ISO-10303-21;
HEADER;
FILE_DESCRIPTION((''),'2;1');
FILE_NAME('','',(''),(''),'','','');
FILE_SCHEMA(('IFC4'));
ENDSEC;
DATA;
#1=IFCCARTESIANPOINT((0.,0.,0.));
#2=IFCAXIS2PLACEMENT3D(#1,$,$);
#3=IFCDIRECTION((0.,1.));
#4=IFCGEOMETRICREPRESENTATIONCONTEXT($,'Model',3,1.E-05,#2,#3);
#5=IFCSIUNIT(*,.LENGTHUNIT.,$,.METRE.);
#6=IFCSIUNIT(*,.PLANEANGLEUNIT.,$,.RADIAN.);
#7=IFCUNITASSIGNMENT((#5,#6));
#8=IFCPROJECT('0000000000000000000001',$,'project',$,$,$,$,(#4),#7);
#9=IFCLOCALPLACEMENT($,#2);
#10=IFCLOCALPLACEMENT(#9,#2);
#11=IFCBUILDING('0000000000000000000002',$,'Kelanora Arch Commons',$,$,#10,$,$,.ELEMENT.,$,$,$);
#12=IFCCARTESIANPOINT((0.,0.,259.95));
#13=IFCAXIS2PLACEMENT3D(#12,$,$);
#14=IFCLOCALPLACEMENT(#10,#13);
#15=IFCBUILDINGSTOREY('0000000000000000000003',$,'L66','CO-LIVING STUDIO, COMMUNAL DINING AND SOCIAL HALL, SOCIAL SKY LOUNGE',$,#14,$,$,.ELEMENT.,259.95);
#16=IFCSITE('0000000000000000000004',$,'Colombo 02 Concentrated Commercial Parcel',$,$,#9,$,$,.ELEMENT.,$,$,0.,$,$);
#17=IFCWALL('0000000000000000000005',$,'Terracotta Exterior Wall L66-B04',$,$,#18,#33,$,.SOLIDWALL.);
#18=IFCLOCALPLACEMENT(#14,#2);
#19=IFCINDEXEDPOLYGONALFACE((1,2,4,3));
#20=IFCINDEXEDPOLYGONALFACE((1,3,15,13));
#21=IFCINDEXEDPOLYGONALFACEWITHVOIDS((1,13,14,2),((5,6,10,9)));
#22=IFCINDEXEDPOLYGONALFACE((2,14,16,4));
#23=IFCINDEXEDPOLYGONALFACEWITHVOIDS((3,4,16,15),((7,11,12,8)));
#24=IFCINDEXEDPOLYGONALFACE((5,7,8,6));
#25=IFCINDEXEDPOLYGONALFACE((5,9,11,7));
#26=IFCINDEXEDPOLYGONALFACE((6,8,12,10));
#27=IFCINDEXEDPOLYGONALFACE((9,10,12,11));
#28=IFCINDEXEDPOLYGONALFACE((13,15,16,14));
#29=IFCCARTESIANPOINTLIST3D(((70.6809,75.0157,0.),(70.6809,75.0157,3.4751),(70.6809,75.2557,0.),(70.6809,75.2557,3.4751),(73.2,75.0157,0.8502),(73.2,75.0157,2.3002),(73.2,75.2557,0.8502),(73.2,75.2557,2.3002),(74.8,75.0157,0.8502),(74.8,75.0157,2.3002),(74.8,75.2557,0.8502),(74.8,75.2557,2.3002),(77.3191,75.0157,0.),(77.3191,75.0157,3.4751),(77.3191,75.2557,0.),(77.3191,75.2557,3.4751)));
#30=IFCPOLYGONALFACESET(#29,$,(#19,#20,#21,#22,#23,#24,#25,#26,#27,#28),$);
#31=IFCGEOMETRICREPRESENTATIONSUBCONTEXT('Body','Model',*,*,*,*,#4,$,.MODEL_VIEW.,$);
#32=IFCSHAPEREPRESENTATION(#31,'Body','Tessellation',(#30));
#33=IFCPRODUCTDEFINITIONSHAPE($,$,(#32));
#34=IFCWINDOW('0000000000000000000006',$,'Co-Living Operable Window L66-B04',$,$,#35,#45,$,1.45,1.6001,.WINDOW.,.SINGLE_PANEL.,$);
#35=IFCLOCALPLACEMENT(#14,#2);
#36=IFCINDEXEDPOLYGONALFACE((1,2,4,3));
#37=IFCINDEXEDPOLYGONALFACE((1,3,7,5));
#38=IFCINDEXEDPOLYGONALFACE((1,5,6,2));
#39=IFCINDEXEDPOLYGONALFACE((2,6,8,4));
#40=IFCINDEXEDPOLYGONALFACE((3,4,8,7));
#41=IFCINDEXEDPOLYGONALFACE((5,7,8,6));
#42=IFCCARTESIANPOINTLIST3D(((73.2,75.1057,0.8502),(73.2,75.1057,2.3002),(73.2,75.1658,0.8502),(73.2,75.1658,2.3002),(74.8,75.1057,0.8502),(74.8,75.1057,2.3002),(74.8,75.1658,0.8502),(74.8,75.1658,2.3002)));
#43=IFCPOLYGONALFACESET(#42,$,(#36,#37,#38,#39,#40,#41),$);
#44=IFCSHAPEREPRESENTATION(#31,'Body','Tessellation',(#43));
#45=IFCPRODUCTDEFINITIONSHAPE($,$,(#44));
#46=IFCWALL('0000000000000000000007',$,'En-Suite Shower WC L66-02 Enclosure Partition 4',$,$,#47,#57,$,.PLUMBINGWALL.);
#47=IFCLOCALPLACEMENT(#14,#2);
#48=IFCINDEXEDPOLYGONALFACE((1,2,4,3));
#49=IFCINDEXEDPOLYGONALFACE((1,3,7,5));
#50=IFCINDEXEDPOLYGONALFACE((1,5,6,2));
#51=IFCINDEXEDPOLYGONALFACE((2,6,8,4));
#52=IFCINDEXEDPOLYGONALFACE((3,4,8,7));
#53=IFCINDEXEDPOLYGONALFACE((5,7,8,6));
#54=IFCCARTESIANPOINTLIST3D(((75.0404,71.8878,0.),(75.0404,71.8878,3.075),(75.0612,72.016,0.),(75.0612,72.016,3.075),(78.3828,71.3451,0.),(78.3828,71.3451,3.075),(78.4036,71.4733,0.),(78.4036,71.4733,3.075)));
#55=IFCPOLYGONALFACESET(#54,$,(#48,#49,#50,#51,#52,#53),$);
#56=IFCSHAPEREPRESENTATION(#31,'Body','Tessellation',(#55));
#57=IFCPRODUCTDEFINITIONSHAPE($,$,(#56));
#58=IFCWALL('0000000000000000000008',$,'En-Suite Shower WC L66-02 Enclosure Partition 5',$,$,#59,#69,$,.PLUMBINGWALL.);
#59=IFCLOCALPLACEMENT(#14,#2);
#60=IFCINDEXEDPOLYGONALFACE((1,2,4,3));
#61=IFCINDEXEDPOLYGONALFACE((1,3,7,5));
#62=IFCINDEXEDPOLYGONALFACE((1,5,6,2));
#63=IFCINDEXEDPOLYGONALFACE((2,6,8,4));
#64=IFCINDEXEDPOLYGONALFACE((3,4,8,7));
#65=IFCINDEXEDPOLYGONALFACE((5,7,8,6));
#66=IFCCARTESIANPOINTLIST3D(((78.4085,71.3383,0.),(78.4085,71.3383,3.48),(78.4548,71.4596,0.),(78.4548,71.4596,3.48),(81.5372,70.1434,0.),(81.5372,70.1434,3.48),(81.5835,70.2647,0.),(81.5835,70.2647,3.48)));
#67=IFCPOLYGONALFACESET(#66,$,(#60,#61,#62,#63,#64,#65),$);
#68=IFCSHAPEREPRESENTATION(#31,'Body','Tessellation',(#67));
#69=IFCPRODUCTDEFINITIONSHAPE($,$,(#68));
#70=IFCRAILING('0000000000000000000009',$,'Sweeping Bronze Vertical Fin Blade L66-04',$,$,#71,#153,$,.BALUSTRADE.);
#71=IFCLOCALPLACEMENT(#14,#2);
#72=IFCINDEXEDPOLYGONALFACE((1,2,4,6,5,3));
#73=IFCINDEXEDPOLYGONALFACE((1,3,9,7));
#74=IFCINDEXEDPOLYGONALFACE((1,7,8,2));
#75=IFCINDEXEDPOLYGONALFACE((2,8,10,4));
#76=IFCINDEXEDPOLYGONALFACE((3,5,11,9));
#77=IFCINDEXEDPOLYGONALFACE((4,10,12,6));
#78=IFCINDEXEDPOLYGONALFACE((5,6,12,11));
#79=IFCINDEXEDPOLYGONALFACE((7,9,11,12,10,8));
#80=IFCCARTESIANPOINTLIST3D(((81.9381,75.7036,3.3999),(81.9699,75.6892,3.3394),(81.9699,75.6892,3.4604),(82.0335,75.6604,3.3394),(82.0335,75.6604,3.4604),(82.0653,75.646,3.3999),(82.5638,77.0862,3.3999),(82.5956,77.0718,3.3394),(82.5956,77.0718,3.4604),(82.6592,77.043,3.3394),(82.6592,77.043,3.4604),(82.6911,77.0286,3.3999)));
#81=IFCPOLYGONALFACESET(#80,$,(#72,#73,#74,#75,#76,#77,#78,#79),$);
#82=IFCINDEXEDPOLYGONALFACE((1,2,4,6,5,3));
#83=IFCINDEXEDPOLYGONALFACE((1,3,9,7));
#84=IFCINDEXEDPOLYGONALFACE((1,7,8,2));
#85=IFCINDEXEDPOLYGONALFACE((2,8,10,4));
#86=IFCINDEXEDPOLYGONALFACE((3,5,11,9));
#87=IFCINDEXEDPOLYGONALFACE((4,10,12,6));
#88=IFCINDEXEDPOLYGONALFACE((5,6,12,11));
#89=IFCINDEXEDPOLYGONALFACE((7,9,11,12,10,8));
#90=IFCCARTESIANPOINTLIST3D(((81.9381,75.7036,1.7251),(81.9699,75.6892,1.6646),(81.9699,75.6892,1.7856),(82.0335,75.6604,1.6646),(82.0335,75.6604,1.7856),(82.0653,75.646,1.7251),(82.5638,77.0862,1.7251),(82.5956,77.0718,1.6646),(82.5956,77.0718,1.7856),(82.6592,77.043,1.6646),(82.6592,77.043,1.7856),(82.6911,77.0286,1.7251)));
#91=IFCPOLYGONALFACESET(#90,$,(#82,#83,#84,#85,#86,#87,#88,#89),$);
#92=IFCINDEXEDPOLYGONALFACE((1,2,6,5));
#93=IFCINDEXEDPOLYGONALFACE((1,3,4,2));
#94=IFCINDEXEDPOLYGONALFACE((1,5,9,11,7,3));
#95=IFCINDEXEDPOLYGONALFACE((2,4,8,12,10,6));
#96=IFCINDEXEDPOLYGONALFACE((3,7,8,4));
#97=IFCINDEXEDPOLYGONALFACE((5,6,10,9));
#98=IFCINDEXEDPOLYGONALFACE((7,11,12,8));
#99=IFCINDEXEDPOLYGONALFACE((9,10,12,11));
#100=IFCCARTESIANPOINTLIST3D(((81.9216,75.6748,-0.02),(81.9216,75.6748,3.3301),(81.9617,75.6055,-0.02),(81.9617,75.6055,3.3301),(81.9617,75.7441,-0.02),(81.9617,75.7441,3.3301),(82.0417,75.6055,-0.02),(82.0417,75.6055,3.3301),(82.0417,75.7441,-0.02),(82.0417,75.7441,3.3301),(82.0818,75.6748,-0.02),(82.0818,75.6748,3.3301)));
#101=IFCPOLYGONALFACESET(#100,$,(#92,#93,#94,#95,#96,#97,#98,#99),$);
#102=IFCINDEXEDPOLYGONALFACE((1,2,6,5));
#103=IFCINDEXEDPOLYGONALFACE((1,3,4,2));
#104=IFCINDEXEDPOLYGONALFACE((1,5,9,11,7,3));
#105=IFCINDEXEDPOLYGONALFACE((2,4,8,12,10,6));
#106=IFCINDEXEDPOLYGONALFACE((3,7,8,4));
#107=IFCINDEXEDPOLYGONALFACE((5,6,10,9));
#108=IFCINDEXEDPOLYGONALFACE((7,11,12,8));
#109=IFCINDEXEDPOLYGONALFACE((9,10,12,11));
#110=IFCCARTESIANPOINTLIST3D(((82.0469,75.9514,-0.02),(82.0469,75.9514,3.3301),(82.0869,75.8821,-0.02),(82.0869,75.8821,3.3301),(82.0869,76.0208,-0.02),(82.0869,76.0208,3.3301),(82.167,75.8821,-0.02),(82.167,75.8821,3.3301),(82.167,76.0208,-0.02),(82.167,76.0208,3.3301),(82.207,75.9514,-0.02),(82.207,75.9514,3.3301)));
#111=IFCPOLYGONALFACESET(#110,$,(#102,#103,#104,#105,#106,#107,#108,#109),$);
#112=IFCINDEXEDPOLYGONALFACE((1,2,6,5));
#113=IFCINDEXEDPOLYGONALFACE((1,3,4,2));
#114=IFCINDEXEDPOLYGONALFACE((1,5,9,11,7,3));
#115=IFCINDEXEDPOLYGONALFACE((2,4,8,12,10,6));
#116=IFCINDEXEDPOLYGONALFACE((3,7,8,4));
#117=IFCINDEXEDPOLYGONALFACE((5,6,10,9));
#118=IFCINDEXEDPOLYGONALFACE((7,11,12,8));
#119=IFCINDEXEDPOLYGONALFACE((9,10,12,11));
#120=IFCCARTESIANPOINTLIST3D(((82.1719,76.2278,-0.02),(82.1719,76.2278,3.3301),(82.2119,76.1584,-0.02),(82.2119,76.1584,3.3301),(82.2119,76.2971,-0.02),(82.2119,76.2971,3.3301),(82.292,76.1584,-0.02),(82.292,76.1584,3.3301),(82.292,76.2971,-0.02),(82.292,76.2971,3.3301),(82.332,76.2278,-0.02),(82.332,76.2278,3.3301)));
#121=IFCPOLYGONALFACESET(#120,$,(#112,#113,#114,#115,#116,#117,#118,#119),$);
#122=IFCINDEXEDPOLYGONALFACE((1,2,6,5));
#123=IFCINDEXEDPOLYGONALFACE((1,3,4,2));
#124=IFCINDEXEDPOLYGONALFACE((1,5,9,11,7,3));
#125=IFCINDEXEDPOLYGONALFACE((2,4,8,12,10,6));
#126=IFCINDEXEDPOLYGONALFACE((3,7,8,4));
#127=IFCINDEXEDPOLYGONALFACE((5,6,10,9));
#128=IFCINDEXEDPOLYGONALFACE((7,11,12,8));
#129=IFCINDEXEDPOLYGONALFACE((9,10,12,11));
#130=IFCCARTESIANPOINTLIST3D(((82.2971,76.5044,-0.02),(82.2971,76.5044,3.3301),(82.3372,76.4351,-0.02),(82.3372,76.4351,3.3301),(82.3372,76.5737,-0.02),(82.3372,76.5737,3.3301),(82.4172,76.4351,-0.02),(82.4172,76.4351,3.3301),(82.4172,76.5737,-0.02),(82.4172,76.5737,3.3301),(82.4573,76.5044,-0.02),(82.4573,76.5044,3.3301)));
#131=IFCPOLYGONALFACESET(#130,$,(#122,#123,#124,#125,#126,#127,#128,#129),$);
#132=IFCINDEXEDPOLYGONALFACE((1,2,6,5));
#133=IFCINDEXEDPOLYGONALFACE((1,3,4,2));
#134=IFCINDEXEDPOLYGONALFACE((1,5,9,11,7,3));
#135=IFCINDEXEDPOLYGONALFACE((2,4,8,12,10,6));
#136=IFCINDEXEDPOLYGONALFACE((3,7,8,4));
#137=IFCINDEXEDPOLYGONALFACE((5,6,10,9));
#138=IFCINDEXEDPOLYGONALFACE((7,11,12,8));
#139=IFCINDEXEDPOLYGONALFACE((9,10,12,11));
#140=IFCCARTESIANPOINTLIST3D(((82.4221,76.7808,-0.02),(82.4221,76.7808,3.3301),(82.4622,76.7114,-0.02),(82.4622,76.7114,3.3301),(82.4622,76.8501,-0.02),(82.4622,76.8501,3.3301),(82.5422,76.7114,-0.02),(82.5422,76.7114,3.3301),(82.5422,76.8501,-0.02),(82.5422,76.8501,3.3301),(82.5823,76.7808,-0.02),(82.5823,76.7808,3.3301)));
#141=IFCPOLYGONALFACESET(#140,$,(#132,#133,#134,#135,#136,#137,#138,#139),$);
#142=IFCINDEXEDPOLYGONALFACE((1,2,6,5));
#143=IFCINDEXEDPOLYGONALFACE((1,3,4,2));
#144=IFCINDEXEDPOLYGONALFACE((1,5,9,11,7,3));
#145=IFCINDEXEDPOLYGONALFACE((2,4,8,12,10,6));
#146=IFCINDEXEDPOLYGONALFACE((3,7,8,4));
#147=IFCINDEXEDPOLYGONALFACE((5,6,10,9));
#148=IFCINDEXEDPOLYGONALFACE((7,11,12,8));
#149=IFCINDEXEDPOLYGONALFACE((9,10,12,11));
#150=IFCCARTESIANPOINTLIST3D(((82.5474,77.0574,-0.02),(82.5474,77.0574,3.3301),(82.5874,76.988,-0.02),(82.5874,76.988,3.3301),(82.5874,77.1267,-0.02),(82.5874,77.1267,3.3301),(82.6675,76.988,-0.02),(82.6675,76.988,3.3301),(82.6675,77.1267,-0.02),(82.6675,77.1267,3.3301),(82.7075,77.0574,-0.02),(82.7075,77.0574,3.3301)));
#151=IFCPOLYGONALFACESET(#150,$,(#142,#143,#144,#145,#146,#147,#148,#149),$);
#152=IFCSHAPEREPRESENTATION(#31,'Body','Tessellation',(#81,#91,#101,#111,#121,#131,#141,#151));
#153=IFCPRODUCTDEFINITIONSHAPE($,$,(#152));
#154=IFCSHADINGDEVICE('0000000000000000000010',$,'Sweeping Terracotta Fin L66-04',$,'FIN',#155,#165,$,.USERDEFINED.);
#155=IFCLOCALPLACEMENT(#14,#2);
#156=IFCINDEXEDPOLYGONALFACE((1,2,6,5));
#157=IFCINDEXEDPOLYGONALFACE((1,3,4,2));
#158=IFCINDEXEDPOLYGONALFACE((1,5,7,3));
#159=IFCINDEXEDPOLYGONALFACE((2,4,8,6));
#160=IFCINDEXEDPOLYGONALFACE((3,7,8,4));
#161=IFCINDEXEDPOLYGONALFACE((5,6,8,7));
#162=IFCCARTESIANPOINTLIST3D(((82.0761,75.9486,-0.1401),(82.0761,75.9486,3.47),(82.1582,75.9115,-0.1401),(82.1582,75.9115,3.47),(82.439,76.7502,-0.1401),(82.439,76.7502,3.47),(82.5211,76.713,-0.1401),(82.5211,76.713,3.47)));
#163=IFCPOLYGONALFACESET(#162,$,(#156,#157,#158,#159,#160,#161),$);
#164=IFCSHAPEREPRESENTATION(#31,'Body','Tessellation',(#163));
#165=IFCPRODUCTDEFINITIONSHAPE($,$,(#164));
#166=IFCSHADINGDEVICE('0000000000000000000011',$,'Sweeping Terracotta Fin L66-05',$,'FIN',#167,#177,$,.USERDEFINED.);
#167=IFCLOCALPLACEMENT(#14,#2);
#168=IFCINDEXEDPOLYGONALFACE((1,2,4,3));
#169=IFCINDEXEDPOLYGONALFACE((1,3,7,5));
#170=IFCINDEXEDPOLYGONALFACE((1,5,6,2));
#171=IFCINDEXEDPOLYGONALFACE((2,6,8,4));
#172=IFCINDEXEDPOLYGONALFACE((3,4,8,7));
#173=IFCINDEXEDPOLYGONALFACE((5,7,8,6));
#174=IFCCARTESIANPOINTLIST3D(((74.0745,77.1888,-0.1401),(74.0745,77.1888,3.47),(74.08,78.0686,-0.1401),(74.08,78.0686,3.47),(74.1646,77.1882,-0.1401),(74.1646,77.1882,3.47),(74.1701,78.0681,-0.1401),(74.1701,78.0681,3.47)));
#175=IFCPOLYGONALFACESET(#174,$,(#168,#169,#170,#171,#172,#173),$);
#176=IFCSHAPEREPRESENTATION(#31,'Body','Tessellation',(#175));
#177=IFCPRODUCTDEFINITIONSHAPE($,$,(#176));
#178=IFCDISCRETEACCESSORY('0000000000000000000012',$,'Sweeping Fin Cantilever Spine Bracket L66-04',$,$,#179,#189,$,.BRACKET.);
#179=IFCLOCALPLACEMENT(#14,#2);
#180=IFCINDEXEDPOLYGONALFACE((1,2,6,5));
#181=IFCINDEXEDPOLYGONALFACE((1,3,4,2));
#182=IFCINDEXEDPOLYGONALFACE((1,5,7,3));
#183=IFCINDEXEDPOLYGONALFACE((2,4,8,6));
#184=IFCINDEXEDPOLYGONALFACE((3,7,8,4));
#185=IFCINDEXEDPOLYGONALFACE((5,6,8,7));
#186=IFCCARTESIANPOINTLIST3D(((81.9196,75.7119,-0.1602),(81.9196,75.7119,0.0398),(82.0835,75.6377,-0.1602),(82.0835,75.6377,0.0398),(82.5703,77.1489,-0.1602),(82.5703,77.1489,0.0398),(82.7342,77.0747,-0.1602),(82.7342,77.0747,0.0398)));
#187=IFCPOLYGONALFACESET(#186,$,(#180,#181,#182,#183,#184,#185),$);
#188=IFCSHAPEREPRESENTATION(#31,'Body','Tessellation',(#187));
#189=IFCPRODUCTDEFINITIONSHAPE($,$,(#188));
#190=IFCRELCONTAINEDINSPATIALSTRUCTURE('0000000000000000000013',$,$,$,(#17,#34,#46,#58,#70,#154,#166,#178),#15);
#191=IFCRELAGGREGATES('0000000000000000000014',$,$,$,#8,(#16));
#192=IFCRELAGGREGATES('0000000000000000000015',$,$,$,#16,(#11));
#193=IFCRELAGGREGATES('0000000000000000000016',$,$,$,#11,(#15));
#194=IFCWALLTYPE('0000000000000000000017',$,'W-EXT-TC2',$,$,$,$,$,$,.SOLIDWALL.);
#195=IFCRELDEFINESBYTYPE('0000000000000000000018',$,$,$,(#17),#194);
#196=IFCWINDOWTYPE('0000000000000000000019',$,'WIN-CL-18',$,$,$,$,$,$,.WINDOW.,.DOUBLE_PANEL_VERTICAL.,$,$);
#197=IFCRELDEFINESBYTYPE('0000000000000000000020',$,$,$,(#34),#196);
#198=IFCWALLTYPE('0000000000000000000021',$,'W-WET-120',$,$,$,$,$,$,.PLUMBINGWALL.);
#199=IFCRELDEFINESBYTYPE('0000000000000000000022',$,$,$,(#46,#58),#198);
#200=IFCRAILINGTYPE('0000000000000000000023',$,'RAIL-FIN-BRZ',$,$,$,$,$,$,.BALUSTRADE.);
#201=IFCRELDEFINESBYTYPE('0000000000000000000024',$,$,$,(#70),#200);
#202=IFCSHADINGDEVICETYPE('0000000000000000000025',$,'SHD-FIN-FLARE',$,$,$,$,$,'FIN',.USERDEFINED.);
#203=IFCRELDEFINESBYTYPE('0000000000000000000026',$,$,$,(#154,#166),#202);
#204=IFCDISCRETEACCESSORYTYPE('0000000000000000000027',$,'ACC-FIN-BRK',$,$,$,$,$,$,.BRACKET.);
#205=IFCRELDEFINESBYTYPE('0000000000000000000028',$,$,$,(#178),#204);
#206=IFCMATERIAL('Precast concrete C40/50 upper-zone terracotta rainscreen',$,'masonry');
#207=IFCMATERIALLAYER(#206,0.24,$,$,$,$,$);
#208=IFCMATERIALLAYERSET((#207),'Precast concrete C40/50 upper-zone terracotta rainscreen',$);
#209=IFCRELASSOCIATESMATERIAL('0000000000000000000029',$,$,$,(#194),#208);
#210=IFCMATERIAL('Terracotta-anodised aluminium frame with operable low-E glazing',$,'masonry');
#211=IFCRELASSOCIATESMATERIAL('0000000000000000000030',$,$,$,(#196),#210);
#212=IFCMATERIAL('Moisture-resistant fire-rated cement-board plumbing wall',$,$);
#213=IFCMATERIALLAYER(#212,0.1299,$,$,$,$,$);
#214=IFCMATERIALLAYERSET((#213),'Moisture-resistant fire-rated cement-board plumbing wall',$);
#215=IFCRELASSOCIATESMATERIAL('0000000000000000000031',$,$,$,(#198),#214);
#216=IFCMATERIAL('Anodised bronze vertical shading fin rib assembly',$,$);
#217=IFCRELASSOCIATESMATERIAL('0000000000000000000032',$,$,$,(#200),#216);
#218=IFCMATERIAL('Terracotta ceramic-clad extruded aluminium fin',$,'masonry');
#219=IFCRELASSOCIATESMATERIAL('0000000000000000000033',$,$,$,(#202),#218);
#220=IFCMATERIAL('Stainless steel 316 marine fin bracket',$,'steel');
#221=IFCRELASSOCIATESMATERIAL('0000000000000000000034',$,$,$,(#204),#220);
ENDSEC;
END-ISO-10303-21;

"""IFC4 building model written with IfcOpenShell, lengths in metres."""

from ifc_helpers import new_model, si_unit, direction, frame, frame_2d, origin, origin_2d, place, context, subcontext, project, spatial, polyline, rectangle, outline, extrude, source, transform, mapped, material, layer, layer_set, type_object, element, fill, save


model = new_model("IFC4")

# Units and contexts
model_context = context("Model", 3, precision=1e-05, world=origin(), true_north=direction((0.0, 1.0)))
body_context = subcontext(model_context, "Body", "Model", "MODEL_VIEW")
ifc_project = project(units=[si_unit("LENGTHUNIT", "METRE"), si_unit("PLANEANGLEUNIT", "RADIAN")], contexts=[model_context])

# Site, building, storey
site_placement = place(None, origin())
site = spatial("IfcSite", under=ifc_project, at=site_placement, Name="Colombo 02 Concentrated Commercial Parcel", CompositionType="ELEMENT", RefElevation=0.0)
building_placement = place(site_placement, origin())
building = spatial("IfcBuilding", under=site, at=building_placement, Name="Kelanora Arch Commons", CompositionType="ELEMENT")
storey_placement = place(building_placement, frame((0.0, 0.0, 259.95)))
storey = spatial("IfcBuildingStorey", under=building, at=storey_placement, Name="L66", Description="CO-LIVING STUDIO, COMMUNAL DINING AND SOCIAL HALL, SOCIAL SKY LOUNGE", CompositionType="ELEMENT", Elevation=259.95)

# Wall, opening, window
ifc_material_1 = material(Name="Precast concrete C40/50 upper-zone terracotta rainscreen", Category="masonry")
ifc_layer_1 = layer(ifc_material_1, 0.24)
ifc_layer_set_1 = layer_set([ifc_layer_1], Name="Precast concrete C40/50 upper-zone terracotta rainscreen")
wall_type_1 = type_object("IfcWallType", Name="W-EXT-TC2", PredefinedType="SOLIDWALL", material=ifc_layer_set_1)
wall_1_placement = place(storey_placement, frame((77.3191, 75.1357, 0.0), z_axis=(0.0, 0.0, 1.0), x_axis=(-1.0, 0.0, 0.0)))
wall_1 = element("IfcWall", 1, at=wall_1_placement, inside=storey, type_object=wall_type_1, Name="Terracotta Exterior Wall L66-B04", PredefinedType="SOLIDWALL", context=body_context, shape_type="SweptSolid", body=[
    extrude(rectangle(XDim=6.6382, YDim=0.24, at=frame_2d((3.3191, 0.0))), origin(), (0.0, 0.0, 1.0), 3.4751),
])
opening_placement = place(wall_1_placement, frame((2.519, 0.0, 0.8501)))
opening = element("IfcOpeningElement", 2, at=opening_placement, cuts=wall_1, PredefinedType="OPENING", context=body_context, shape_type="SweptSolid", body=[
    extrude(rectangle(XDim=1.6001, YDim=1.45, at=frame_2d((0.8, 0.7251))), frame((0.0, 0.1299, 0.0), z_axis=(0.0, -1.0, 0.0), x_axis=(1.0, 0.0, 0.0)), (0.0, 0.0, 1.0), 0.26),
])
ifc_material_2 = material(Name="Terracotta-anodised aluminium frame with operable low-E glazing", Category="masonry")
window_type = type_object("IfcWindowType", Name="WIN-CL-18", PartitioningType="DOUBLE_PANEL_VERTICAL", PredefinedType="WINDOW", material=ifc_material_2)
window_placement = place(opening_placement, origin())
window = element("IfcWindow", 3, at=window_placement, inside=storey, type_object=window_type, Name="Co-Living Operable Window L66-B04", OverallHeight=1.45, OverallWidth=1.6001, PartitioningType="SINGLE_PANEL", PredefinedType="WINDOW", context=body_context, shape_type="SweptSolid", body=[
    extrude(rectangle(XDim=1.6001, YDim=1.45, at=frame_2d((0.8, 0.7251))), frame((0.0, 0.03, 0.0), z_axis=(0.0, -1.0, 0.0), x_axis=(1.0, 0.0, 0.0)), (0.0, 0.0, 1.0), 0.0601),
])
fill(opening, window)

# Walls
ifc_material_3 = material(Name="Moisture-resistant fire-rated cement-board plumbing wall")
ifc_layer_2 = layer(ifc_material_3, 0.1299)
ifc_layer_set_2 = layer_set([ifc_layer_2], Name="Moisture-resistant fire-rated cement-board plumbing wall")
wall_type_2 = type_object("IfcWallType", Name="W-WET-120", PredefinedType="PLUMBINGWALL", material=ifc_layer_set_2)
wall_2_placement = place(storey_placement, frame((75.0508, 71.9519, 0.0), z_axis=(0.0, 0.0, 1.0), x_axis=(0.987073, -0.160271, 0.0)))
element("IfcWall", 4, at=wall_2_placement, inside=storey, type_object=wall_type_2, Name="En-Suite Shower WC L66-02 Enclosure Partition 4", PredefinedType="PLUMBINGWALL", context=body_context, shape_type="SweptSolid", body=[
    extrude(rectangle(XDim=3.3862, YDim=0.1299, at=frame_2d((1.6931, 0.0))), origin(), (0.0, 0.0, 1.0), 3.075),
])
wall_3_placement = place(storey_placement, frame((78.4316, 71.3989, 0.0), z_axis=(0.0, 0.0, 1.0), x_axis=(0.934194, -0.356765, 0.0)))
element("IfcWall", 5, at=wall_3_placement, inside=storey, type_object=wall_type_2, Name="En-Suite Shower WC L66-02 Enclosure Partition 5", PredefinedType="PLUMBINGWALL", context=body_context, shape_type="SweptSolid", body=[
    extrude(rectangle(XDim=3.3491, YDim=0.1299, at=frame_2d((1.6746, 0.0))), origin(), (0.0, 0.0, 1.0), 3.48),
])

# Railing
ifc_material_4 = material(Name="Anodised bronze vertical shading fin rib assembly")
railing_type = type_object("IfcRailingType", Name="RAIL-FIN-BRZ", PredefinedType="BALUSTRADE", material=ifc_material_4)
railing_placement = place(storey_placement, frame((82.0017, 75.6748, -0.02)))
element("IfcRailing", 6, at=railing_placement, inside=storey, type_object=railing_type, Name="Sweeping Bronze Vertical Fin Blade L66-04", PredefinedType="BALUSTRADE", context=body_context, shape_type="SweptSolid", body=[
    extrude(outline(polyline([(0.0698, 0.0), (0.0349, 0.0605), (-0.0349, 0.0605), (-0.0698, 0.0), (-0.0349, -0.0605), (0.0349, -0.0605), (0.0698, 0.0)])), frame((0.0, 0.0, 3.4199), z_axis=(0.412324, 0.911037, 0.0), x_axis=(-0.911037, 0.412324, 0.0)), (0.0, 0.0, 1.0), 1.5176),
    extrude(outline(polyline([(0.0698, 0.0), (0.0349, 0.0605), (-0.0349, 0.0605), (-0.0698, 0.0), (-0.0349, -0.0605), (0.0349, -0.0605), (0.0698, 0.0)])), frame((0.0, 0.0, 1.7451), z_axis=(0.412324, 0.911037, 0.0), x_axis=(-0.911037, 0.412324, 0.0)), (0.0, 0.0, 1.0), 1.5176),
    extrude(outline(polyline([(0.0801, 0.0), (0.04, 0.0693), (-0.04, 0.0693), (-0.0801, 0.0), (-0.04, -0.0693), (0.04, -0.0693), (0.0801, 0.0)])), origin(), (0.0, 0.0, 1.0), 3.3501),
    extrude(outline(polyline([(0.0801, 0.0), (0.04, 0.0693), (-0.04, 0.0693), (-0.0801, 0.0), (-0.04, -0.0693), (0.04, -0.0693), (0.0801, 0.0)])), frame((0.1252, 0.2766, 0.0)), (0.0, 0.0, 1.0), 3.3501),
    extrude(outline(polyline([(0.0801, 0.0), (0.04, 0.0693), (-0.04, 0.0693), (-0.0801, 0.0), (-0.04, -0.0693), (0.04, -0.0693), (0.0801, 0.0)])), frame((0.2502, 0.553, 0.0)), (0.0, 0.0, 1.0), 3.3501),
    extrude(outline(polyline([(0.0801, 0.0), (0.04, 0.0693), (-0.04, 0.0693), (-0.0801, 0.0), (-0.04, -0.0693), (0.04, -0.0693), (0.0801, 0.0)])), frame((0.3755, 0.8296, 0.0)), (0.0, 0.0, 1.0), 3.3501),
    extrude(outline(polyline([(0.0801, 0.0), (0.04, 0.0693), (-0.04, 0.0693), (-0.0801, 0.0), (-0.04, -0.0693), (0.04, -0.0693), (0.0801, 0.0)])), frame((0.5005, 1.106, 0.0)), (0.0, 0.0, 1.0), 3.3501),
    extrude(outline(polyline([(0.0801, 0.0), (0.04, 0.0693), (-0.04, 0.0693), (-0.0801, 0.0), (-0.04, -0.0693), (0.04, -0.0693), (0.0801, 0.0)])), frame((0.6257, 1.3826, 0.0)), (0.0, 0.0, 1.0), 3.3501),
])

# Shading devices
ifc_material_5 = material(Name="Terracotta ceramic-clad extruded aluminium fin", Category="masonry")
shading_device_type = type_object("IfcShadingDeviceType", Name="SHD-FIN-FLARE", ElementType="FIN", PredefinedType="USERDEFINED", material=ifc_material_5)
shared_shape_1 = source(origin(), body_context, "Body", "SweptSolid", [
    extrude(rectangle(XDim=0.8799, YDim=0.0901, at=origin_2d()), origin(), (0.0, 0.0, 1.0), 3.6101),
])
for number, where, z_axis, x_axis, name in (
    (7, (82.2986, 76.3308, -0.1401), (0.0, 0.0, 1.0), (0.412469, 0.910972, 0.0), "Sweeping Terracotta Fin L66-04"),
    (8, (74.1223, 77.6284, -0.1401), (0.0, 0.0, 1.0), (0.006283, 0.99998, 0.0), "Sweeping Terracotta Fin L66-05"),
):
    element("IfcShadingDevice", number, at=place(storey_placement, frame(where, z_axis=z_axis, x_axis=x_axis)), inside=storey, type_object=shading_device_type, Name=name, ObjectType="FIN", PredefinedType="USERDEFINED", context=body_context, shape_type="MappedRepresentation", body=[
        mapped(shared_shape_1, transform((0.0, 0.0, 0.0), scale=1.0)),
    ])

# Discrete accessory
ifc_material_6 = material(Name="Stainless steel 316 marine fin bracket", Category="steel")
discrete_accessory_type = type_object("IfcDiscreteAccessoryType", Name="ACC-FIN-BRK", PredefinedType="BRACKET", material=ifc_material_6)
shared_shape_2 = source(origin(), body_context, "Body", "SweptSolid", [
    extrude(rectangle(XDim=1.5774, YDim=0.1799, at=origin_2d()), origin(), (0.0, 0.0, 1.0), 0.2),
])
for number, where, z_axis, x_axis, name in (
    (9, (82.3269, 76.3933, -0.1602), (0.0, 0.0, 1.0), (0.412469, 0.910972, 0.0), "Sweeping Fin Cantilever Spine Bracket L66-04"),
):
    element("IfcDiscreteAccessory", number, at=place(storey_placement, frame(where, z_axis=z_axis, x_axis=x_axis)), inside=storey, type_object=discrete_accessory_type, Name=name, PredefinedType="BRACKET", context=body_context, shape_type="MappedRepresentation", body=[
        mapped(shared_shape_2, transform((0.0, 0.0, 0.0), scale=1.0)),
    ])

save(model, "model.ifc")
